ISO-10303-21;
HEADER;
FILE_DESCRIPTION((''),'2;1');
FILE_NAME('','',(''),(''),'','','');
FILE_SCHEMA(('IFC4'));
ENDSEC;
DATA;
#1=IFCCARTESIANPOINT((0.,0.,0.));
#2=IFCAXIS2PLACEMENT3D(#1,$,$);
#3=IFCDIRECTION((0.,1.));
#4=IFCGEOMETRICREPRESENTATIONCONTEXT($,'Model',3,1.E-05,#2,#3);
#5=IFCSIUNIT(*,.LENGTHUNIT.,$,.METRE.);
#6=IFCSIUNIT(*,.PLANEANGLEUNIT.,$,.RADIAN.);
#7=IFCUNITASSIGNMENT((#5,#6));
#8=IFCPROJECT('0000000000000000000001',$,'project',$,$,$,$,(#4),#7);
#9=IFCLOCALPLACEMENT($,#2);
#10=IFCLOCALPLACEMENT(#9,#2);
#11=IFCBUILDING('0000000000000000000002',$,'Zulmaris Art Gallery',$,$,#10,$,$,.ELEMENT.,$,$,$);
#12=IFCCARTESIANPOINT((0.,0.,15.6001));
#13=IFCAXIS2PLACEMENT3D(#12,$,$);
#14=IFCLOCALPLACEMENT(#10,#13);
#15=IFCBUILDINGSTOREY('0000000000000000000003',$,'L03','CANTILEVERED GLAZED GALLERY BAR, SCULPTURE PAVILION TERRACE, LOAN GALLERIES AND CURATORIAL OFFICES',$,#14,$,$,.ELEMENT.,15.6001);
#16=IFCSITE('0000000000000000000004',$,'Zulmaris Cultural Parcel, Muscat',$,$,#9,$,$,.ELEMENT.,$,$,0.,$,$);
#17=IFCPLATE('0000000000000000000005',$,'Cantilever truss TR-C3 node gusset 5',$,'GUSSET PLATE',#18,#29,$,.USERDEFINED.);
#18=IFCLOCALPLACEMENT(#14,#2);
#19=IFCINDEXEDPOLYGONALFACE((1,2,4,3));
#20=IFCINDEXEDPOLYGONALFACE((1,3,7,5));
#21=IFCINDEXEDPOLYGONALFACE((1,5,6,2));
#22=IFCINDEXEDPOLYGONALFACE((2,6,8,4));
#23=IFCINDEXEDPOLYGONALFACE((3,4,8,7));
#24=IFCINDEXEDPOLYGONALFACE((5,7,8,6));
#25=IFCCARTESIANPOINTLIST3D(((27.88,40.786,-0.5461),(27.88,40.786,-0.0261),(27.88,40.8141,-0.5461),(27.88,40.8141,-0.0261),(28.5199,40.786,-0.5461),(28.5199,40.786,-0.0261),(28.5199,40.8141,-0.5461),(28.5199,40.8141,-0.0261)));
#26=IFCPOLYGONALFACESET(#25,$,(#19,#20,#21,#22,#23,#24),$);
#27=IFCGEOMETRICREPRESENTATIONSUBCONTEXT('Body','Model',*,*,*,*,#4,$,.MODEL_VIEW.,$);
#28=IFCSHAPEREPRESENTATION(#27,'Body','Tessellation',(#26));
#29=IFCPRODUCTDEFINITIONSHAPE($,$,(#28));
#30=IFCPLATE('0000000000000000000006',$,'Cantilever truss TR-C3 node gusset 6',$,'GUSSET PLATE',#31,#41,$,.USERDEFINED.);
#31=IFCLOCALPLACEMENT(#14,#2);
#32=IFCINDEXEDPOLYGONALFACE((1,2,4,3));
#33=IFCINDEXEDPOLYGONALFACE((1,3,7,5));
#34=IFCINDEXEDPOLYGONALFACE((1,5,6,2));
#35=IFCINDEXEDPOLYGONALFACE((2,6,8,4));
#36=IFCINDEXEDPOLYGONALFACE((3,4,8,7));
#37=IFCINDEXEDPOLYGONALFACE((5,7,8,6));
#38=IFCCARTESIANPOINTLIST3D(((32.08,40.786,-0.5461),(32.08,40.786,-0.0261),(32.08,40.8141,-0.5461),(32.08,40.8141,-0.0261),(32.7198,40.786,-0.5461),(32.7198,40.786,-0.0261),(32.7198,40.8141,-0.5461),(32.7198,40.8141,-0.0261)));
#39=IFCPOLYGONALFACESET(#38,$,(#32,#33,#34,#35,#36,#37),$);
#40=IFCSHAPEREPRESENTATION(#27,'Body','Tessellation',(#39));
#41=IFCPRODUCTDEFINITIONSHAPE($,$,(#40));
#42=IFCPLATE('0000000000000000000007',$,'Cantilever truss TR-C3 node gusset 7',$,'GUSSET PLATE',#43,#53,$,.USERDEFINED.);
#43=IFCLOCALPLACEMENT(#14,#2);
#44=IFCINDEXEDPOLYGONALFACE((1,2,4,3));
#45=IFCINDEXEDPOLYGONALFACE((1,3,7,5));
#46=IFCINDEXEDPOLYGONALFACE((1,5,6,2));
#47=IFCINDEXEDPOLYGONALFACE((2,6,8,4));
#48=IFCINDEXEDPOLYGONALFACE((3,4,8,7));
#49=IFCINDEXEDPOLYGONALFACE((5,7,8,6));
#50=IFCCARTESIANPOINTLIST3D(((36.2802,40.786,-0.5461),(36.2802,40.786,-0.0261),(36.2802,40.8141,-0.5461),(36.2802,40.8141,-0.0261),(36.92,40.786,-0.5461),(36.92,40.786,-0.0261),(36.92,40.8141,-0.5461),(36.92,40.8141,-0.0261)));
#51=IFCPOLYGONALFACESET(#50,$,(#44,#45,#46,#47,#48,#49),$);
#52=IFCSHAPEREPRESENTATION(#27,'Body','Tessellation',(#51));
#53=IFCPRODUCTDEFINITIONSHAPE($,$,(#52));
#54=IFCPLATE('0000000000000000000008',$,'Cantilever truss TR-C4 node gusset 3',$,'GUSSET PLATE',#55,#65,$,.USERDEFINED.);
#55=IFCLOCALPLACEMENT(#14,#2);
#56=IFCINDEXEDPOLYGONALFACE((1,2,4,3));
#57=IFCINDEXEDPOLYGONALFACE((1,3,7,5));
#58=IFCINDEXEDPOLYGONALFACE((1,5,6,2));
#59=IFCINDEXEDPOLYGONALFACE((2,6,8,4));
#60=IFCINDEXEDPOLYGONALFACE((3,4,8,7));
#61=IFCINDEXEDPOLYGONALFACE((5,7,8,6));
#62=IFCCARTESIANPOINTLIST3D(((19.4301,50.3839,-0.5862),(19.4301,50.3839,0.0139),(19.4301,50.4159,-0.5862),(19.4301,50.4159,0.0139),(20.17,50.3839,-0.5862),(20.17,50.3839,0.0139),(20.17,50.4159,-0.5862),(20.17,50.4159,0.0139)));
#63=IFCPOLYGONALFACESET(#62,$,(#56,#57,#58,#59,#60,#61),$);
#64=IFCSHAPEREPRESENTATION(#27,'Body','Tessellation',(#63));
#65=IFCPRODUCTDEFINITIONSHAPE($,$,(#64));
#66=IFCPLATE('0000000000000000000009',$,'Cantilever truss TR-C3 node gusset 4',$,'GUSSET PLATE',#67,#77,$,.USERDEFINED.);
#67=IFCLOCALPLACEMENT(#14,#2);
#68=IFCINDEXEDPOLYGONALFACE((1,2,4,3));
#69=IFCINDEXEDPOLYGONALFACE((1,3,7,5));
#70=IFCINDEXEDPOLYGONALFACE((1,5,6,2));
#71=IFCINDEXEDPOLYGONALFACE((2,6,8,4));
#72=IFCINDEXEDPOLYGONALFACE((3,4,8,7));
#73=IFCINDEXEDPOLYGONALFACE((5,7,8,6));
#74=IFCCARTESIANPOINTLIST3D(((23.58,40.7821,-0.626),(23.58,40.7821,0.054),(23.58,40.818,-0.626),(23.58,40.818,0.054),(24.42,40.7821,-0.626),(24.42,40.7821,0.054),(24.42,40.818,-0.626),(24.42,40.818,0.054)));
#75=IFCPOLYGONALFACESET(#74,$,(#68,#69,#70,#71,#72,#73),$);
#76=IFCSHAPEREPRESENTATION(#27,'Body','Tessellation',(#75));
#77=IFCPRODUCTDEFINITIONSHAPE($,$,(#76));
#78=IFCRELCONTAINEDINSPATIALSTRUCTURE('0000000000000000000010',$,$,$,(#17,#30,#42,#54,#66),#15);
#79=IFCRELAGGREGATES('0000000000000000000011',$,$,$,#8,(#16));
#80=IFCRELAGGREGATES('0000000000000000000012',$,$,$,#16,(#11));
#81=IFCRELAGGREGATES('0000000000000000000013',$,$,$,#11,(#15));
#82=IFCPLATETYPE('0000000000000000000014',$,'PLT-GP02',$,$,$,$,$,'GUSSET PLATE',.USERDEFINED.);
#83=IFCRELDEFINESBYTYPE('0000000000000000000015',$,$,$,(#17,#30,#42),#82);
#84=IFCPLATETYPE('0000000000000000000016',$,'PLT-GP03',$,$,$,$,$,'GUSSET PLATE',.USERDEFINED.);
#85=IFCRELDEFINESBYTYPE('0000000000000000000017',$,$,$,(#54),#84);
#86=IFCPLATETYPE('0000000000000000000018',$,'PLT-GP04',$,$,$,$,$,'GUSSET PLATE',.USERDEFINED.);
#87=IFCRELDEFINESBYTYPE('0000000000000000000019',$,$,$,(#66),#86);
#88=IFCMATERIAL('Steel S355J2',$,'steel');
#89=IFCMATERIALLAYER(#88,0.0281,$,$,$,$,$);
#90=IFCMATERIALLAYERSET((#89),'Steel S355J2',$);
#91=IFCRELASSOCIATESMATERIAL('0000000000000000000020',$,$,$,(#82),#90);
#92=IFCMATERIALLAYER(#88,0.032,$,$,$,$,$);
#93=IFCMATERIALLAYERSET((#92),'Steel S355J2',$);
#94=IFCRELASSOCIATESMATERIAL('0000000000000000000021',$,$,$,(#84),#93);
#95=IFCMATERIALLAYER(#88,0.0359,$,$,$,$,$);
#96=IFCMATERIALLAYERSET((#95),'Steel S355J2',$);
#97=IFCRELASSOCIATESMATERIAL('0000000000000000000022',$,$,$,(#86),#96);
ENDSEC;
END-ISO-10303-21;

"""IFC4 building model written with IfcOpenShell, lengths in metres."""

from ifc_helpers import new_model, si_unit, direction, frame, origin, origin_2d, place, context, subcontext, project, spatial, rectangle, extrude, material, layer, layer_set, type_object, element, save


model = new_model("IFC4")

# Units and contexts
model_context = context("Model", 3, precision=1e-05, world=origin(), true_north=direction((0.0, 1.0)))
body_context = subcontext(model_context, "Body", "Model", "MODEL_VIEW")
ifc_project = project(units=[si_unit("LENGTHUNIT", "METRE"), si_unit("PLANEANGLEUNIT", "RADIAN")], contexts=[model_context])

# Site, building, storey
site_placement = place(None, origin())
site = spatial("IfcSite", under=ifc_project, at=site_placement, Name="Zulmaris Cultural Parcel, Muscat", CompositionType="ELEMENT", RefElevation=0.0)
building_placement = place(site_placement, origin())
building = spatial("IfcBuilding", under=site, at=building_placement, Name="Zulmaris Art Gallery", CompositionType="ELEMENT")
storey_placement = place(building_placement, frame((0.0, 0.0, 15.6001)))
storey = spatial("IfcBuildingStorey", under=building, at=storey_placement, Name="L03", Description="CANTILEVERED GLAZED GALLERY BAR, SCULPTURE PAVILION TERRACE, LOAN GALLERIES AND CURATORIAL OFFICES", CompositionType="ELEMENT", Elevation=15.6001)

# Shared definitions
ifc_material_1 = material(Name="Steel S355J2", Category="steel")

# Plates
ifc_layer_1 = layer(ifc_material_1, 0.0281)
ifc_layer_set_1 = layer_set([ifc_layer_1], Name="Steel S355J2")
plate_type_1 = type_object("IfcPlateType", Name="PLT-GP02", ElementType="GUSSET PLATE", PredefinedType="USERDEFINED", material=ifc_layer_set_1)
for number, where, z_axis, x_axis, name in (
    (1, (28.2, 40.8, -0.5461), (0.0, 0.0, 1.0), (1.0, 0.0, 0.0), "Cantilever truss TR-C3 node gusset 5"),
    (2, (32.3999, 40.8, -0.5461), (0.0, 0.0, 1.0), (1.0, 0.0, 0.0), "Cantilever truss TR-C3 node gusset 6"),
    (3, (36.6001, 40.8, -0.5461), (0.0, 0.0, 1.0), (1.0, 0.0, 0.0), "Cantilever truss TR-C3 node gusset 7"),
):
    element("IfcPlate", number, at=place(storey_placement, frame(where, z_axis=z_axis, x_axis=x_axis)), inside=storey, type_object=plate_type_1, Name=name, ObjectType="GUSSET PLATE", PredefinedType="USERDEFINED", context=body_context, shape_type="SweptSolid", body=[
        extrude(rectangle(XDim=0.6399, YDim=0.0281, at=origin_2d()), origin(), (0.0, 0.0, 1.0), 0.52),
    ])
ifc_layer_2 = layer(ifc_material_1, 0.032)
ifc_layer_set_2 = layer_set([ifc_layer_2], Name="Steel S355J2")
plate_type_2 = type_object("IfcPlateType", Name="PLT-GP03", ElementType="GUSSET PLATE", PredefinedType="USERDEFINED", material=ifc_layer_set_2)
plate_1_placement = place(storey_placement, frame((19.8, 50.3999, -0.5862), z_axis=(0.0, 0.0, 1.0), x_axis=(1.0, 0.0, 0.0)))
element("IfcPlate", 4, at=plate_1_placement, inside=storey, type_object=plate_type_2, Name="Cantilever truss TR-C4 node gusset 3", ObjectType="GUSSET PLATE", PredefinedType="USERDEFINED", context=body_context, shape_type="SweptSolid", body=[
    extrude(rectangle(XDim=0.74, YDim=0.032, at=origin_2d()), origin(), (0.0, 0.0, 1.0), 0.6001),
])
ifc_layer_3 = layer(ifc_material_1, 0.0359)
ifc_layer_set_3 = layer_set([ifc_layer_3], Name="Steel S355J2")
plate_type_3 = type_object("IfcPlateType", Name="PLT-GP04", ElementType="GUSSET PLATE", PredefinedType="USERDEFINED", material=ifc_layer_set_3)
plate_2_placement = place(storey_placement, frame((24.0, 40.8, -0.626), z_axis=(0.0, 0.0, 1.0), x_axis=(1.0, 0.0, 0.0)))
element("IfcPlate", 5, at=plate_2_placement, inside=storey, type_object=plate_type_3, Name="Cantilever truss TR-C3 node gusset 4", ObjectType="GUSSET PLATE", PredefinedType="USERDEFINED", context=body_context, shape_type="SweptSolid", body=[
    extrude(rectangle(XDim=0.8401, YDim=0.0359, at=origin_2d()), origin(), (0.0, 0.0, 1.0), 0.6799),
])

save(model, "model.ifc")
